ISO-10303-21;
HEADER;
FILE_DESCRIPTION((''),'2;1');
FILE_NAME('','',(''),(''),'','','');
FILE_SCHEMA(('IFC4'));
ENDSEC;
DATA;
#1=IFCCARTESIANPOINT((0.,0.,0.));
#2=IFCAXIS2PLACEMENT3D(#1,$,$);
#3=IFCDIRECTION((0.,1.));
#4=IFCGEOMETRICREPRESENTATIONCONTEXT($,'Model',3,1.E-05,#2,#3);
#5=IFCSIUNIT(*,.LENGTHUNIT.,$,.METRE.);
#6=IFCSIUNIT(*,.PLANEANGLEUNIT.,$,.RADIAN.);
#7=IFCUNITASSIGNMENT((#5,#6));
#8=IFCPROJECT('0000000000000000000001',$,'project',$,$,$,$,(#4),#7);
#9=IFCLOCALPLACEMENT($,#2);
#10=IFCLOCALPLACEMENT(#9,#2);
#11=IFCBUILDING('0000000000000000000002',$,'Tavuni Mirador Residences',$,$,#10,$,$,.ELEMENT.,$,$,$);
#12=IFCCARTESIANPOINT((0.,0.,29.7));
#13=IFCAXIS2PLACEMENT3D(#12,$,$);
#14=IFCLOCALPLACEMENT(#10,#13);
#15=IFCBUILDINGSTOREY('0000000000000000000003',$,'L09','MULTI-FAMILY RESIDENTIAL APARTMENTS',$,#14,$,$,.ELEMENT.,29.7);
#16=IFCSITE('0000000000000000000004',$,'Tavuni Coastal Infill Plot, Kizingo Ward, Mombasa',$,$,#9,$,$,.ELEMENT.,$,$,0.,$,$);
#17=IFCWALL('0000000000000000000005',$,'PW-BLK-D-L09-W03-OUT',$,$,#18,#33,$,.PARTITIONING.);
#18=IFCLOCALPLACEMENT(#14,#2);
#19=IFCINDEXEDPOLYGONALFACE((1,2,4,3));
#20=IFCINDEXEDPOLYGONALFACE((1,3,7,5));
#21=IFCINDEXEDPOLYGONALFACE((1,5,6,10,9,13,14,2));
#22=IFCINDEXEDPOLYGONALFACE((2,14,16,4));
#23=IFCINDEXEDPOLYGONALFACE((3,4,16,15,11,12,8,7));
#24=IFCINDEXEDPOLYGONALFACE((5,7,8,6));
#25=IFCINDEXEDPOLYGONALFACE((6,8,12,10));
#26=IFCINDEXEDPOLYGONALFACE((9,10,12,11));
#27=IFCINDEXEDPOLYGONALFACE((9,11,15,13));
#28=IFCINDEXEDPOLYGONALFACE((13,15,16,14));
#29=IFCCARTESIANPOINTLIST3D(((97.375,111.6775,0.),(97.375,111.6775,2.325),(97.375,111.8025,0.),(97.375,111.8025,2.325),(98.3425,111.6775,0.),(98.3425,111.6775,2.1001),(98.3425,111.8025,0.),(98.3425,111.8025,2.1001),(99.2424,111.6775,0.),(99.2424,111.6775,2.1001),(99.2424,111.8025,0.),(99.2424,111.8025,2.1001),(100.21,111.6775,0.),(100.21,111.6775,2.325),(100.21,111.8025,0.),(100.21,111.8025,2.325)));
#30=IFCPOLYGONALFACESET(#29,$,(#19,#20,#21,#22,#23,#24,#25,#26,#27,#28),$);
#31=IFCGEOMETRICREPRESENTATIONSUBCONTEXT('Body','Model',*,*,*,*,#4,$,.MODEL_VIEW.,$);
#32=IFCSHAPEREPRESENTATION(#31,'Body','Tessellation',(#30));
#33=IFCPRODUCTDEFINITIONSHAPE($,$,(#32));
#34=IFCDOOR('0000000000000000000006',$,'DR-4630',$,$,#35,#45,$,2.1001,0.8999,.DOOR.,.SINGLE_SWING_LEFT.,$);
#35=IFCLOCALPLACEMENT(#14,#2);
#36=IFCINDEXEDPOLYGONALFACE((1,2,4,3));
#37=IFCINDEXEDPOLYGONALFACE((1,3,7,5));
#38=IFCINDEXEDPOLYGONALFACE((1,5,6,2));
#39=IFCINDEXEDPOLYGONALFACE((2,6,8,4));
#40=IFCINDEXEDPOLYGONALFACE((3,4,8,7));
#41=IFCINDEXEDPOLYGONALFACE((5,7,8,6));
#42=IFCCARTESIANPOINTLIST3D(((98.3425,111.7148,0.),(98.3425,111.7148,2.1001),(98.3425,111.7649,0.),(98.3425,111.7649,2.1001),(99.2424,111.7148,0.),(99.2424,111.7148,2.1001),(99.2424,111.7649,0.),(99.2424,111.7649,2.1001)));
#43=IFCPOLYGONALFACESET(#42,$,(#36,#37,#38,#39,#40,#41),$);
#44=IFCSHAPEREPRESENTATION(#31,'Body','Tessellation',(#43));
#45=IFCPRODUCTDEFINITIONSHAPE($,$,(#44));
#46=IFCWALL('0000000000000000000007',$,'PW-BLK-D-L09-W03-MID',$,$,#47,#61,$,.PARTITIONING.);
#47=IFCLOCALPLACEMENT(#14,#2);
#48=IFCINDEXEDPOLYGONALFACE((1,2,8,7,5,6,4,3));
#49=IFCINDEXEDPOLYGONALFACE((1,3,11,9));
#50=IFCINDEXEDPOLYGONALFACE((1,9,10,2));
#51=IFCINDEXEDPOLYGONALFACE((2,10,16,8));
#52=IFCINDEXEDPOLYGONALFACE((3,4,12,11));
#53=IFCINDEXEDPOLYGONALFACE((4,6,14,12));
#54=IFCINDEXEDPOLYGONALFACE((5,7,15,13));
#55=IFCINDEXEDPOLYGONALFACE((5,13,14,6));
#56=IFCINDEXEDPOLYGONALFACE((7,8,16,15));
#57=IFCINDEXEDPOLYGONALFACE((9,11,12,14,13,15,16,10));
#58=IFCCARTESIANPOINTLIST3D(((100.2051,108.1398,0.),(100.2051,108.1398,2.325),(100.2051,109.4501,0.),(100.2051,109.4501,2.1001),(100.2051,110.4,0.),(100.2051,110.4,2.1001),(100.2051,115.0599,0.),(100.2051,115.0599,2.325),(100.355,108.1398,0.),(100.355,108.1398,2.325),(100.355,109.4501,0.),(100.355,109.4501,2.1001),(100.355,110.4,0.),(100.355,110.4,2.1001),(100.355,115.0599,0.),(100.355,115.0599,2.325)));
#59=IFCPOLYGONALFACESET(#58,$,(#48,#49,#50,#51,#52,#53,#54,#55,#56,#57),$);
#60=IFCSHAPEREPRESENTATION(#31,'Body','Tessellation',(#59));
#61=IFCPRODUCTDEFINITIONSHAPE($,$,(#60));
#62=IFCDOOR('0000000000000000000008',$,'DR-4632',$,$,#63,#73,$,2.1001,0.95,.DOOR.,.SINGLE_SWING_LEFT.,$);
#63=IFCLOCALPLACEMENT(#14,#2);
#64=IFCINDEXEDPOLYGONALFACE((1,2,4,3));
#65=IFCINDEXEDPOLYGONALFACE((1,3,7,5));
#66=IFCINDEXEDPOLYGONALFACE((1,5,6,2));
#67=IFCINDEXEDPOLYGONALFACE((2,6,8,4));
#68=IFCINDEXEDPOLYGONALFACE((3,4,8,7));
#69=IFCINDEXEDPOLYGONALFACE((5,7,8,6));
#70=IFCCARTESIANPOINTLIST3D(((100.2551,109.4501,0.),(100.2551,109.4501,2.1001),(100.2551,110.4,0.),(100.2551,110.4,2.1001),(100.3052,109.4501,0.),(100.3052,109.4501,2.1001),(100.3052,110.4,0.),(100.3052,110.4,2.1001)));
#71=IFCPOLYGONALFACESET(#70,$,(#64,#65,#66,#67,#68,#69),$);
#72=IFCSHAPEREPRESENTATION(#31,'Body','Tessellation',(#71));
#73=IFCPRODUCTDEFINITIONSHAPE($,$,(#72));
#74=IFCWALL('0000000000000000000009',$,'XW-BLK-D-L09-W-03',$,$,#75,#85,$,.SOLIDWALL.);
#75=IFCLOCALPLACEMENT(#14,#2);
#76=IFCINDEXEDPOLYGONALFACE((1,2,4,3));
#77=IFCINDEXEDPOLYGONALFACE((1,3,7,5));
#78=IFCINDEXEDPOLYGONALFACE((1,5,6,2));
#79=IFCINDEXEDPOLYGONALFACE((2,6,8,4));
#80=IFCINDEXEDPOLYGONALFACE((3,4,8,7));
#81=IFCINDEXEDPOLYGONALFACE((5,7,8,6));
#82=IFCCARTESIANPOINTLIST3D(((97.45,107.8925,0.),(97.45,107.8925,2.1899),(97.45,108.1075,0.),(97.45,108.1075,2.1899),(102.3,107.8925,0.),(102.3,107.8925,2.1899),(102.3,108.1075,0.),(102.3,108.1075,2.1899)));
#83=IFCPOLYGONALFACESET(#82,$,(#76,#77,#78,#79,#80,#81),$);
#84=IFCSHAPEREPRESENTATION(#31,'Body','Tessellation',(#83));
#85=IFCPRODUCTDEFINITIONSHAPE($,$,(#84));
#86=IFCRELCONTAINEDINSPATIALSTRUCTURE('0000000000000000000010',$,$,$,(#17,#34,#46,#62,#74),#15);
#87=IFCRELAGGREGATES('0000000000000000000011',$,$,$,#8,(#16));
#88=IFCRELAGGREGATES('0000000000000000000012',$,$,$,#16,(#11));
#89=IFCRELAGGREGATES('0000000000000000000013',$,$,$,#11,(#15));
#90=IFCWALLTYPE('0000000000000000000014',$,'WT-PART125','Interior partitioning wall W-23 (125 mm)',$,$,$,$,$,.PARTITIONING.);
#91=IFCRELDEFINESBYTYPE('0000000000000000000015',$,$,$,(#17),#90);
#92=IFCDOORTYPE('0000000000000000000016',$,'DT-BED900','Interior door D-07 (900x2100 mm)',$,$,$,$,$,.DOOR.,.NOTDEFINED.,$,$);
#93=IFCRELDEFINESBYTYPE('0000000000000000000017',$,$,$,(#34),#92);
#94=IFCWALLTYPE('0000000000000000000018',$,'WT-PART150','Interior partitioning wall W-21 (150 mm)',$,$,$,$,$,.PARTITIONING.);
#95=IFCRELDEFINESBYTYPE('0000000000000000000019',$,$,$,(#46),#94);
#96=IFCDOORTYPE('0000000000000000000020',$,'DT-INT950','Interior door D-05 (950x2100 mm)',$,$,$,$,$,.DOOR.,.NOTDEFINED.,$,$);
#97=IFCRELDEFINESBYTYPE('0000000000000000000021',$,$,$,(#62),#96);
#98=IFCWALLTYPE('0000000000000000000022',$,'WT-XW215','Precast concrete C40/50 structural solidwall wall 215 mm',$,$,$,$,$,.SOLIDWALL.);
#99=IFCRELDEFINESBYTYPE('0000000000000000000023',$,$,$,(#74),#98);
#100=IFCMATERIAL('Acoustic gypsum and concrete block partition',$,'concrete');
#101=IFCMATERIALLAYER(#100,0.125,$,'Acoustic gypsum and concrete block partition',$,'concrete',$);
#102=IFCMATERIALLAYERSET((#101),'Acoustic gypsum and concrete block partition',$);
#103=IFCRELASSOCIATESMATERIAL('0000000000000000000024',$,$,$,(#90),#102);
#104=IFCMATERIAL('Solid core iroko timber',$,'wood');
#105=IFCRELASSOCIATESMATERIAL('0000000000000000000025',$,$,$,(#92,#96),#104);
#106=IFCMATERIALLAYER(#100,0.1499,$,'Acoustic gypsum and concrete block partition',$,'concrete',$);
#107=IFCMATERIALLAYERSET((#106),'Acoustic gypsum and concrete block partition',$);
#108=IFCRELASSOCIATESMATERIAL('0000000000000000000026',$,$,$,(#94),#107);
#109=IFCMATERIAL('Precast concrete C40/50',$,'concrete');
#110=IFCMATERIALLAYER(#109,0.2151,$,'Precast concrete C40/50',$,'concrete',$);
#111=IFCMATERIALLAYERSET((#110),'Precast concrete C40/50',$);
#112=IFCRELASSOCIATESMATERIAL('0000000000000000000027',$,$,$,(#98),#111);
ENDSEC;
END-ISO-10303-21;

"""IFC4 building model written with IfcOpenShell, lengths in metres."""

from ifc_helpers import new_model, si_unit, direction, frame, frame_2d, origin, place, context, subcontext, project, spatial, rectangle, extrude, material, layer, layer_set, type_object, element, fill, save


model = new_model("IFC4")

# Units and contexts
model_context = context("Model", 3, precision=1e-05, world=origin(), true_north=direction((0.0, 1.0)))
body_context = subcontext(model_context, "Body", "Model", "MODEL_VIEW")
ifc_project = project(units=[si_unit("LENGTHUNIT", "METRE"), si_unit("PLANEANGLEUNIT", "RADIAN")], contexts=[model_context])

# Site, building, storey
site_placement = place(None, origin())
site = spatial("IfcSite", under=ifc_project, at=site_placement, Name="Tavuni Coastal Infill Plot, Kizingo Ward, Mombasa", CompositionType="ELEMENT", RefElevation=0.0)
building_placement = place(site_placement, origin())
building = spatial("IfcBuilding", under=site, at=building_placement, Name="Tavuni Mirador Residences", CompositionType="ELEMENT")
storey_placement = place(building_placement, frame((0.0, 0.0, 29.7)))
storey = spatial("IfcBuildingStorey", under=building, at=storey_placement, Name="L09", Description="MULTI-FAMILY RESIDENTIAL APARTMENTS", CompositionType="ELEMENT", Elevation=29.7)

# Shared definitions
ifc_material_1 = material(Name="Precast concrete C40/50", Category="concrete")

# Walls, openings, doors
ifc_material_2 = material(Name="Solid core iroko timber", Category="wood")
ifc_material_3 = material(Name="Acoustic gypsum and concrete block partition", Category="concrete")
ifc_layer_1 = layer(ifc_material_3, 0.125, Name="Acoustic gypsum and concrete block partition", Category="concrete")
ifc_layer_set_1 = layer_set([ifc_layer_1], Name="Acoustic gypsum and concrete block partition")
wall_type_1 = type_object("IfcWallType", Name="WT-PART125", Description="Interior partitioning wall W-23 (125 mm)", PredefinedType="PARTITIONING", material=ifc_layer_set_1)
wall_1_placement = place(storey_placement, frame((97.375, 111.74, 0.0), z_axis=(0.0, 0.0, 1.0), x_axis=(1.0, 0.0, 0.0)))
wall_1 = element("IfcWall", 1, at=wall_1_placement, inside=storey, type_object=wall_type_1, Name="PW-BLK-D-L09-W03-OUT", PredefinedType="PARTITIONING", context=body_context, shape_type="SweptSolid", body=[
    extrude(rectangle(XDim=2.835, YDim=0.125, at=frame_2d((1.4175, 0.0))), origin(), (0.0, 0.0, 1.0), 2.325),
])
opening_1_placement = place(wall_1_placement, frame((0.9675, 0.0, 0.0)))
opening_1 = element("IfcOpeningElement", 2, at=opening_1_placement, cuts=wall_1, PredefinedType="OPENING", context=body_context, shape_type="SweptSolid", body=[
    extrude(rectangle(XDim=0.8999, YDim=2.1001, at=frame_2d((0.45, 1.05))), frame((0.0, 0.0725, 0.0), z_axis=(0.0, -1.0, 0.0), x_axis=(1.0, 0.0, 0.0)), (0.0, 0.0, 1.0), 0.145),
])
door_type_1 = type_object("IfcDoorType", Name="DT-BED900", Description="Interior door D-07 (900x2100 mm)", OperationType="NOTDEFINED", PredefinedType="DOOR", material=ifc_material_2)
door_1_placement = place(opening_1_placement, origin())
door_1 = element("IfcDoor", 3, at=door_1_placement, inside=storey, type_object=door_type_1, Name="DR-4630", OperationType="SINGLE_SWING_LEFT", OverallHeight=2.1001, OverallWidth=0.8999, PredefinedType="DOOR", context=body_context, shape_type="SweptSolid", body=[
    extrude(rectangle(XDim=0.8999, YDim=2.1001, at=frame_2d((0.45, 1.05))), frame((0.0, 0.0249, 0.0), z_axis=(0.0, -1.0, 0.0), x_axis=(1.0, 0.0, 0.0)), (0.0, 0.0, 1.0), 0.05),
])
fill(opening_1, door_1)
ifc_layer_2 = layer(ifc_material_3, 0.1499, Name="Acoustic gypsum and concrete block partition", Category="concrete")
ifc_layer_set_2 = layer_set([ifc_layer_2], Name="Acoustic gypsum and concrete block partition")
wall_type_2 = type_object("IfcWallType", Name="WT-PART150", Description="Interior partitioning wall W-21 (150 mm)", PredefinedType="PARTITIONING", material=ifc_layer_set_2)
wall_2_placement = place(storey_placement, frame((100.28, 108.1399, 0.0), z_axis=(0.0, 0.0, 1.0), x_axis=(0.0, 1.0, 0.0)))
wall_2 = element("IfcWall", 4, at=wall_2_placement, inside=storey, type_object=wall_type_2, Name="PW-BLK-D-L09-W03-MID", PredefinedType="PARTITIONING", context=body_context, shape_type="SweptSolid", body=[
    extrude(rectangle(XDim=6.9202, YDim=0.1499, at=frame_2d((3.46, 0.0))), origin(), (0.0, 0.0, 1.0), 2.325),
])
opening_2_placement = place(wall_2_placement, frame((1.3101, 0.0, 0.0)))
opening_2 = element("IfcOpeningElement", 5, at=opening_2_placement, cuts=wall_2, PredefinedType="OPENING", context=body_context, shape_type="SweptSolid", body=[
    extrude(rectangle(XDim=0.95, YDim=2.1001, at=frame_2d((0.4751, 1.05))), frame((0.0, 0.085, 0.0), z_axis=(0.0, -1.0, 0.0), x_axis=(1.0, 0.0, 0.0)), (0.0, 0.0, 1.0), 0.1699),
])
door_type_2 = type_object("IfcDoorType", Name="DT-INT950", Description="Interior door D-05 (950x2100 mm)", OperationType="NOTDEFINED", PredefinedType="DOOR", material=ifc_material_2)
door_2_placement = place(opening_2_placement, origin())
door_2 = element("IfcDoor", 6, at=door_2_placement, inside=storey, type_object=door_type_2, Name="DR-4632", OperationType="SINGLE_SWING_LEFT", OverallHeight=2.1001, OverallWidth=0.95, PredefinedType="DOOR", context=body_context, shape_type="SweptSolid", body=[
    extrude(rectangle(XDim=0.95, YDim=2.1001, at=frame_2d((0.4751, 1.05))), frame((0.0, 0.0249, 0.0), z_axis=(0.0, -1.0, 0.0), x_axis=(1.0, 0.0, 0.0)), (0.0, 0.0, 1.0), 0.05),
])
fill(opening_2, door_2)

# Wall
ifc_layer_3 = layer(ifc_material_1, 0.2151, Name="Precast concrete C40/50", Category="concrete")
ifc_layer_set_3 = layer_set([ifc_layer_3], Name="Precast concrete C40/50")
wall_type_3 = type_object("IfcWallType", Name="WT-XW215", Description="Precast concrete C40/50 structural solidwall wall 215 mm", PredefinedType="SOLIDWALL", material=ifc_layer_set_3)
wall_3_placement = place(storey_placement, frame((97.45, 108.0, 0.0), z_axis=(0.0, 0.0, 1.0), x_axis=(1.0, 0.0, 0.0)))
element("IfcWall", 7, at=wall_3_placement, inside=storey, type_object=wall_type_3, Name="XW-BLK-D-L09-W-03", PredefinedType="SOLIDWALL", context=body_context, shape_type="SweptSolid", body=[
    extrude(rectangle(XDim=4.8501, YDim=0.2151, at=frame_2d((2.425, 0.0))), origin(), (0.0, 0.0, 1.0), 2.1899),
])

save(model, "model.ifc")
